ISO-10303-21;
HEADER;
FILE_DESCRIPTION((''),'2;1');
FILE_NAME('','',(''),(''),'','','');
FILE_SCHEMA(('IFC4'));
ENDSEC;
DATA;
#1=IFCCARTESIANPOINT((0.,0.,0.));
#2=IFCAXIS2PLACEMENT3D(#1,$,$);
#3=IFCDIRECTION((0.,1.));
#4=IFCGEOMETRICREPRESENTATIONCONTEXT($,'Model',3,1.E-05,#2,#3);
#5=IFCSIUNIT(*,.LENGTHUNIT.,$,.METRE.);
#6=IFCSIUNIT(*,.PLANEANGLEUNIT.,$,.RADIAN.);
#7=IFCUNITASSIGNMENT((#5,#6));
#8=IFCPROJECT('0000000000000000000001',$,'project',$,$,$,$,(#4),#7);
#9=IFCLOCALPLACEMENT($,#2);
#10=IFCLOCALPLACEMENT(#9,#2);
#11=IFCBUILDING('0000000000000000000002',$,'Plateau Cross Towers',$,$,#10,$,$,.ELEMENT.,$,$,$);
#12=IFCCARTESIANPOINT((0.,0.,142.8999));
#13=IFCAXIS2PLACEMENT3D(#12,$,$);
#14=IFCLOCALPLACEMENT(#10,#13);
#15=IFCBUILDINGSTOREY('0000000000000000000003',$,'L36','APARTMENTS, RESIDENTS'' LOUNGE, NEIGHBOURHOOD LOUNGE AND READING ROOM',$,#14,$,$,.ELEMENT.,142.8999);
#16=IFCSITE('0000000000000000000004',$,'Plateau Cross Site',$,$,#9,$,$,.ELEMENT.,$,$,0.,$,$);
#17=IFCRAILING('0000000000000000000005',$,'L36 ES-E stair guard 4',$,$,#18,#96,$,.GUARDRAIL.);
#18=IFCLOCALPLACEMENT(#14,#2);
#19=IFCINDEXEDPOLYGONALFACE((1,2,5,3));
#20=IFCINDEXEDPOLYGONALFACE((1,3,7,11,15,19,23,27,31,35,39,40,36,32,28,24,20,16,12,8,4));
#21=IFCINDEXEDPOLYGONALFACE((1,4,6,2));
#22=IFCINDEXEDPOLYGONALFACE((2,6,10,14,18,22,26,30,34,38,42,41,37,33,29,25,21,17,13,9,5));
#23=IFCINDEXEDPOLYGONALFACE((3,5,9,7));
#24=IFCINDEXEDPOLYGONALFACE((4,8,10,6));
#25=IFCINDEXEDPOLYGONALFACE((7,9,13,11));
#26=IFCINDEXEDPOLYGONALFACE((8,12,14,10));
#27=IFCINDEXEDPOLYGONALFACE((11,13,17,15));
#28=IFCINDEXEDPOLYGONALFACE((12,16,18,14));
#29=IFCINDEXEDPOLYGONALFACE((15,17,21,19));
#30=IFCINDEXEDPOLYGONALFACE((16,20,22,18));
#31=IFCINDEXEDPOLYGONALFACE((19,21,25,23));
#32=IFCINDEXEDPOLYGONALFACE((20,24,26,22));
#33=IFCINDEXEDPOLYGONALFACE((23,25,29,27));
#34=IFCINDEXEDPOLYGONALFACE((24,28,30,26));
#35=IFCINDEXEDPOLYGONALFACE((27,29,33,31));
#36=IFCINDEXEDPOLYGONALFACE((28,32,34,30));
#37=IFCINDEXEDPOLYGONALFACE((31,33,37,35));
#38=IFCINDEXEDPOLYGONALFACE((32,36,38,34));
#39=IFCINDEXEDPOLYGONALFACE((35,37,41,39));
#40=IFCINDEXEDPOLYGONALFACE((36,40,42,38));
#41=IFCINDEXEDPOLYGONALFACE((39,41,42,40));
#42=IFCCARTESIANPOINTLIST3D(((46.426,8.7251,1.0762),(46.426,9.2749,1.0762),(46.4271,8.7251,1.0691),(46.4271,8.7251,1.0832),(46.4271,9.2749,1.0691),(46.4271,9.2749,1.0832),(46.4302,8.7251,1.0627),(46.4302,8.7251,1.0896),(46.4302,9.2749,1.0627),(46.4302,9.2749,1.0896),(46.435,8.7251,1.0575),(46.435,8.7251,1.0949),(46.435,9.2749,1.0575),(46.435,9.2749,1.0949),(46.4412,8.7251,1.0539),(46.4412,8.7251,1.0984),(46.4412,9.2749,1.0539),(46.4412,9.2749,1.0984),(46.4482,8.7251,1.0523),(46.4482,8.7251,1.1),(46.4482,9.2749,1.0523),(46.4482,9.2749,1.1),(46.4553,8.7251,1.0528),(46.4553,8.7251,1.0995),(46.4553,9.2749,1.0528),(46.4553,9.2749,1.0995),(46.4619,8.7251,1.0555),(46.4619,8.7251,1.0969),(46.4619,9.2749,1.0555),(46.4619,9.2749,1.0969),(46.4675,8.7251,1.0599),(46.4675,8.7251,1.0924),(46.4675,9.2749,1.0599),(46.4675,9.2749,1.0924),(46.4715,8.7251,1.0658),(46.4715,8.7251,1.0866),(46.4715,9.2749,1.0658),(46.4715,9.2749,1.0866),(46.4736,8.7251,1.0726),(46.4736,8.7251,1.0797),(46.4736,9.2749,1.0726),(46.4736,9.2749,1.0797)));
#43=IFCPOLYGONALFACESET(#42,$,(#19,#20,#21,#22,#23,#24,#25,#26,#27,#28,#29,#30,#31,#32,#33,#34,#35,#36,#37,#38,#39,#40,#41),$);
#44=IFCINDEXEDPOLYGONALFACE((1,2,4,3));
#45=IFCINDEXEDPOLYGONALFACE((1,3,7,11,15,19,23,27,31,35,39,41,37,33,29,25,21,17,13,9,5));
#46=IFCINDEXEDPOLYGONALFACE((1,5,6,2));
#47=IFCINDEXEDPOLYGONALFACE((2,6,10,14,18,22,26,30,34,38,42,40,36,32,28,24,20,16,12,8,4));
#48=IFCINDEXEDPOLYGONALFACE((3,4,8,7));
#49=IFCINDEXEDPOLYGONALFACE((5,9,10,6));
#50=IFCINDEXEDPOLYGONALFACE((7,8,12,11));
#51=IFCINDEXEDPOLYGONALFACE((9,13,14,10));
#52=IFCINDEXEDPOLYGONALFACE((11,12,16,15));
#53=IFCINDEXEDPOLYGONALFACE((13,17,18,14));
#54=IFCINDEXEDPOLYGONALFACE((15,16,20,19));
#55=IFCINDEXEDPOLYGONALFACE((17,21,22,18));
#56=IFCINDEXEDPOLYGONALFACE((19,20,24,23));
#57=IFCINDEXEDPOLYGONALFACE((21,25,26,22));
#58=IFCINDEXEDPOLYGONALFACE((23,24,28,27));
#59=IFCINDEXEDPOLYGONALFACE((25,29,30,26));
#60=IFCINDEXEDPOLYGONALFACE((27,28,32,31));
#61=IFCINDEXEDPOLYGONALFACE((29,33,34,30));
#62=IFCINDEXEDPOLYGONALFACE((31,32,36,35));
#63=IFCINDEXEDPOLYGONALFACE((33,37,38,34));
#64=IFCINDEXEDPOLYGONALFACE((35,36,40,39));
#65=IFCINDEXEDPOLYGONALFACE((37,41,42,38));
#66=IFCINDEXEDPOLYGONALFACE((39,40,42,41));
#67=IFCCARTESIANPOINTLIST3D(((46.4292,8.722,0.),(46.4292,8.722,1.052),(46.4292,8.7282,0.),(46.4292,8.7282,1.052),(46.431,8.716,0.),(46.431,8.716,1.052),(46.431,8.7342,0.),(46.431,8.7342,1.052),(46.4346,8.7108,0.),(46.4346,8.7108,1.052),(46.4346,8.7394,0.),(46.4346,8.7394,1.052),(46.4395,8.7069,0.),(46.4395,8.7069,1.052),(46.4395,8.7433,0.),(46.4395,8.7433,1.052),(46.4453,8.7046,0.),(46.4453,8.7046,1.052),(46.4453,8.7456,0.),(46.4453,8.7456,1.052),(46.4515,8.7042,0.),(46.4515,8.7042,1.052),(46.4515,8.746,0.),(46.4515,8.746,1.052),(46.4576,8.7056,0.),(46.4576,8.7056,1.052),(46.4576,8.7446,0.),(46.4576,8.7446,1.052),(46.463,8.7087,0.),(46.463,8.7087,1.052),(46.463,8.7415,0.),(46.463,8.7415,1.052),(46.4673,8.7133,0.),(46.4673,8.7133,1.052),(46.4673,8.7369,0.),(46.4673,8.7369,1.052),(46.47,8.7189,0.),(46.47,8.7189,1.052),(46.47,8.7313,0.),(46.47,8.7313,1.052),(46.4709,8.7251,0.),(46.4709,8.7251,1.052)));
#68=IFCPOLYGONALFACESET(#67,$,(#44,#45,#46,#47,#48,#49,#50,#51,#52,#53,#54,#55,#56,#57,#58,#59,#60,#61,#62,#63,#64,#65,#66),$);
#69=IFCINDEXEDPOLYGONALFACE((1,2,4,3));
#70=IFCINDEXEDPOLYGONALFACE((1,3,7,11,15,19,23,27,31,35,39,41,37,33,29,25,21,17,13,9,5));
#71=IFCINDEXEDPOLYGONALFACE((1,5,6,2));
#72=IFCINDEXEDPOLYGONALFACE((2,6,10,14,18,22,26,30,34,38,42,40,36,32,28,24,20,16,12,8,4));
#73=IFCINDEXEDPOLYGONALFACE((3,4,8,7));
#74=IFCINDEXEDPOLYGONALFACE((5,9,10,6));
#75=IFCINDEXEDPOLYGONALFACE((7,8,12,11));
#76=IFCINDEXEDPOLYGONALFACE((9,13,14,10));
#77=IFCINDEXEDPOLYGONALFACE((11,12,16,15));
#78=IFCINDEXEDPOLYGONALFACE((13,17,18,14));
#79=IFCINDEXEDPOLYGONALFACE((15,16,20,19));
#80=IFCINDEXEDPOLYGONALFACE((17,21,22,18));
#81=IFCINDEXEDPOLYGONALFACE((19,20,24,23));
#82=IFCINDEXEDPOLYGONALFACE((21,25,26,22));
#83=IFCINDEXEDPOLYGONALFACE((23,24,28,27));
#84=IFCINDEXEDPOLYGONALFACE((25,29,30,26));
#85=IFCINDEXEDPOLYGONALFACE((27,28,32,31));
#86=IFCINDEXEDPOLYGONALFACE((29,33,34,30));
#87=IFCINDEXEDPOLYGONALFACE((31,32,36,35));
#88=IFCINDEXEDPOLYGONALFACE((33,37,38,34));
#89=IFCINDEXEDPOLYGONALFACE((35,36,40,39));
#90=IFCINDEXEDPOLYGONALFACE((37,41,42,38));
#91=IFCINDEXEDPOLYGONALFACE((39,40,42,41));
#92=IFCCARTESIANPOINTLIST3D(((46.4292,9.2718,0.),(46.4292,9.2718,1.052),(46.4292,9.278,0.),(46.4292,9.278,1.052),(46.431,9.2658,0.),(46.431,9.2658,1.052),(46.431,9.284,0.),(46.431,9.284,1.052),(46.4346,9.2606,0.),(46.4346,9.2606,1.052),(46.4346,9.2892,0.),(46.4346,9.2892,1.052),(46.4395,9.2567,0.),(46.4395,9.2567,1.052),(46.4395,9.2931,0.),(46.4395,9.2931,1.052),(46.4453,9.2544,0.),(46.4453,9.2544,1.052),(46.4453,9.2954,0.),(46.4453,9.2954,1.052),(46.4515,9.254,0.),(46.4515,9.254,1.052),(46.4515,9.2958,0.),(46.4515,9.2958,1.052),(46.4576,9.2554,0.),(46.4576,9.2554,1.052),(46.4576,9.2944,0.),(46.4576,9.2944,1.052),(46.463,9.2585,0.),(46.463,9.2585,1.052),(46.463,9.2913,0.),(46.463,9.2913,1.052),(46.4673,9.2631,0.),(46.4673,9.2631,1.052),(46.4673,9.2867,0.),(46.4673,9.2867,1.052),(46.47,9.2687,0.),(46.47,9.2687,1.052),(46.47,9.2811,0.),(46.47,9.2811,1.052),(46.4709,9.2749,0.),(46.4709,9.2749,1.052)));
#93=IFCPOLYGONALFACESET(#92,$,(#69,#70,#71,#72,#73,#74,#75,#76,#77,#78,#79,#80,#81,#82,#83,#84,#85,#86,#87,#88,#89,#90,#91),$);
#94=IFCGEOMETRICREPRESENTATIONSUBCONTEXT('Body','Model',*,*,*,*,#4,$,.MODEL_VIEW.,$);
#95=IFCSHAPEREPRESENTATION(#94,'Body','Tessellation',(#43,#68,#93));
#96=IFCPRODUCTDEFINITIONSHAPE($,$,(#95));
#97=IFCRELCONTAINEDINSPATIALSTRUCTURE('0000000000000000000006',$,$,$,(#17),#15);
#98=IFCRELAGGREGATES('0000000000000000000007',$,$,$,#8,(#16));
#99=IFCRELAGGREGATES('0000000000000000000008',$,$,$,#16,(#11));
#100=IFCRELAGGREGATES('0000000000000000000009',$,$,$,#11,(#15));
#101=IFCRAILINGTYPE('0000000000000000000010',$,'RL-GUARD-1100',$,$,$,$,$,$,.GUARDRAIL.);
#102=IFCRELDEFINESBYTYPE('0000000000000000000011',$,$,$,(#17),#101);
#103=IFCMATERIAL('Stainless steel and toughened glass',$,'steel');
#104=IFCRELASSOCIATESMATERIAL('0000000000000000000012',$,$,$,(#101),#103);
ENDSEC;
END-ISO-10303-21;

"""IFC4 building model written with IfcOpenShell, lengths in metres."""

from ifc_helpers import new_model, si_unit, direction, frame, origin, origin_2d, place, context, subcontext, project, spatial, circle, extrude, material, type_object, element, save


model = new_model("IFC4")

# Units and contexts
model_context = context("Model", 3, precision=1e-05, world=origin(), true_north=direction((0.0, 1.0)))
body_context = subcontext(model_context, "Body", "Model", "MODEL_VIEW")
ifc_project = project(units=[si_unit("LENGTHUNIT", "METRE"), si_unit("PLANEANGLEUNIT", "RADIAN")], contexts=[model_context])

# Site, building, storey
site_placement = place(None, origin())
site = spatial("IfcSite", under=ifc_project, at=site_placement, Name="Plateau Cross Site", CompositionType="ELEMENT", RefElevation=0.0)
building_placement = place(site_placement, origin())
building = spatial("IfcBuilding", under=site, at=building_placement, Name="Plateau Cross Towers", CompositionType="ELEMENT")
storey_placement = place(building_placement, frame((0.0, 0.0, 142.8999)))
storey = spatial("IfcBuildingStorey", under=building, at=storey_placement, Name="L36", Description="APARTMENTS, RESIDENTS' LOUNGE, NEIGHBOURHOOD LOUNGE AND READING ROOM", CompositionType="ELEMENT", Elevation=142.8999)

# Railing
ifc_material_1 = material(Name="Stainless steel and toughened glass", Category="steel")
railing_type_1 = type_object("IfcRailingType", Name="RL-GUARD-1100", PredefinedType="GUARDRAIL", material=ifc_material_1)
railing_1_placement = place(storey_placement, frame((46.45, 8.7251, 0.0)))
element("IfcRailing", 1, at=railing_1_placement, inside=storey, type_object=railing_type_1, Name="L36 ES-E stair guard 4", PredefinedType="GUARDRAIL", context=body_context, shape_type="SweptSolid", body=[
    extrude(circle(Radius=0.0239, at=origin_2d()), frame((0.0, 0.0, 1.0762), z_axis=(0.0, 1.0, 0.0), x_axis=(-1.0, 0.0, 0.0)), (0.0, 0.0, 1.0), 0.5498),
    extrude(circle(Radius=0.021, at=origin_2d()), origin(), (0.0, 0.0, 1.0), 1.052),
    extrude(circle(Radius=0.021, at=origin_2d()), frame((0.0, 0.5498, 0.0)), (0.0, 0.0, 1.0), 1.052),
])

save(model, "model.ifc")
